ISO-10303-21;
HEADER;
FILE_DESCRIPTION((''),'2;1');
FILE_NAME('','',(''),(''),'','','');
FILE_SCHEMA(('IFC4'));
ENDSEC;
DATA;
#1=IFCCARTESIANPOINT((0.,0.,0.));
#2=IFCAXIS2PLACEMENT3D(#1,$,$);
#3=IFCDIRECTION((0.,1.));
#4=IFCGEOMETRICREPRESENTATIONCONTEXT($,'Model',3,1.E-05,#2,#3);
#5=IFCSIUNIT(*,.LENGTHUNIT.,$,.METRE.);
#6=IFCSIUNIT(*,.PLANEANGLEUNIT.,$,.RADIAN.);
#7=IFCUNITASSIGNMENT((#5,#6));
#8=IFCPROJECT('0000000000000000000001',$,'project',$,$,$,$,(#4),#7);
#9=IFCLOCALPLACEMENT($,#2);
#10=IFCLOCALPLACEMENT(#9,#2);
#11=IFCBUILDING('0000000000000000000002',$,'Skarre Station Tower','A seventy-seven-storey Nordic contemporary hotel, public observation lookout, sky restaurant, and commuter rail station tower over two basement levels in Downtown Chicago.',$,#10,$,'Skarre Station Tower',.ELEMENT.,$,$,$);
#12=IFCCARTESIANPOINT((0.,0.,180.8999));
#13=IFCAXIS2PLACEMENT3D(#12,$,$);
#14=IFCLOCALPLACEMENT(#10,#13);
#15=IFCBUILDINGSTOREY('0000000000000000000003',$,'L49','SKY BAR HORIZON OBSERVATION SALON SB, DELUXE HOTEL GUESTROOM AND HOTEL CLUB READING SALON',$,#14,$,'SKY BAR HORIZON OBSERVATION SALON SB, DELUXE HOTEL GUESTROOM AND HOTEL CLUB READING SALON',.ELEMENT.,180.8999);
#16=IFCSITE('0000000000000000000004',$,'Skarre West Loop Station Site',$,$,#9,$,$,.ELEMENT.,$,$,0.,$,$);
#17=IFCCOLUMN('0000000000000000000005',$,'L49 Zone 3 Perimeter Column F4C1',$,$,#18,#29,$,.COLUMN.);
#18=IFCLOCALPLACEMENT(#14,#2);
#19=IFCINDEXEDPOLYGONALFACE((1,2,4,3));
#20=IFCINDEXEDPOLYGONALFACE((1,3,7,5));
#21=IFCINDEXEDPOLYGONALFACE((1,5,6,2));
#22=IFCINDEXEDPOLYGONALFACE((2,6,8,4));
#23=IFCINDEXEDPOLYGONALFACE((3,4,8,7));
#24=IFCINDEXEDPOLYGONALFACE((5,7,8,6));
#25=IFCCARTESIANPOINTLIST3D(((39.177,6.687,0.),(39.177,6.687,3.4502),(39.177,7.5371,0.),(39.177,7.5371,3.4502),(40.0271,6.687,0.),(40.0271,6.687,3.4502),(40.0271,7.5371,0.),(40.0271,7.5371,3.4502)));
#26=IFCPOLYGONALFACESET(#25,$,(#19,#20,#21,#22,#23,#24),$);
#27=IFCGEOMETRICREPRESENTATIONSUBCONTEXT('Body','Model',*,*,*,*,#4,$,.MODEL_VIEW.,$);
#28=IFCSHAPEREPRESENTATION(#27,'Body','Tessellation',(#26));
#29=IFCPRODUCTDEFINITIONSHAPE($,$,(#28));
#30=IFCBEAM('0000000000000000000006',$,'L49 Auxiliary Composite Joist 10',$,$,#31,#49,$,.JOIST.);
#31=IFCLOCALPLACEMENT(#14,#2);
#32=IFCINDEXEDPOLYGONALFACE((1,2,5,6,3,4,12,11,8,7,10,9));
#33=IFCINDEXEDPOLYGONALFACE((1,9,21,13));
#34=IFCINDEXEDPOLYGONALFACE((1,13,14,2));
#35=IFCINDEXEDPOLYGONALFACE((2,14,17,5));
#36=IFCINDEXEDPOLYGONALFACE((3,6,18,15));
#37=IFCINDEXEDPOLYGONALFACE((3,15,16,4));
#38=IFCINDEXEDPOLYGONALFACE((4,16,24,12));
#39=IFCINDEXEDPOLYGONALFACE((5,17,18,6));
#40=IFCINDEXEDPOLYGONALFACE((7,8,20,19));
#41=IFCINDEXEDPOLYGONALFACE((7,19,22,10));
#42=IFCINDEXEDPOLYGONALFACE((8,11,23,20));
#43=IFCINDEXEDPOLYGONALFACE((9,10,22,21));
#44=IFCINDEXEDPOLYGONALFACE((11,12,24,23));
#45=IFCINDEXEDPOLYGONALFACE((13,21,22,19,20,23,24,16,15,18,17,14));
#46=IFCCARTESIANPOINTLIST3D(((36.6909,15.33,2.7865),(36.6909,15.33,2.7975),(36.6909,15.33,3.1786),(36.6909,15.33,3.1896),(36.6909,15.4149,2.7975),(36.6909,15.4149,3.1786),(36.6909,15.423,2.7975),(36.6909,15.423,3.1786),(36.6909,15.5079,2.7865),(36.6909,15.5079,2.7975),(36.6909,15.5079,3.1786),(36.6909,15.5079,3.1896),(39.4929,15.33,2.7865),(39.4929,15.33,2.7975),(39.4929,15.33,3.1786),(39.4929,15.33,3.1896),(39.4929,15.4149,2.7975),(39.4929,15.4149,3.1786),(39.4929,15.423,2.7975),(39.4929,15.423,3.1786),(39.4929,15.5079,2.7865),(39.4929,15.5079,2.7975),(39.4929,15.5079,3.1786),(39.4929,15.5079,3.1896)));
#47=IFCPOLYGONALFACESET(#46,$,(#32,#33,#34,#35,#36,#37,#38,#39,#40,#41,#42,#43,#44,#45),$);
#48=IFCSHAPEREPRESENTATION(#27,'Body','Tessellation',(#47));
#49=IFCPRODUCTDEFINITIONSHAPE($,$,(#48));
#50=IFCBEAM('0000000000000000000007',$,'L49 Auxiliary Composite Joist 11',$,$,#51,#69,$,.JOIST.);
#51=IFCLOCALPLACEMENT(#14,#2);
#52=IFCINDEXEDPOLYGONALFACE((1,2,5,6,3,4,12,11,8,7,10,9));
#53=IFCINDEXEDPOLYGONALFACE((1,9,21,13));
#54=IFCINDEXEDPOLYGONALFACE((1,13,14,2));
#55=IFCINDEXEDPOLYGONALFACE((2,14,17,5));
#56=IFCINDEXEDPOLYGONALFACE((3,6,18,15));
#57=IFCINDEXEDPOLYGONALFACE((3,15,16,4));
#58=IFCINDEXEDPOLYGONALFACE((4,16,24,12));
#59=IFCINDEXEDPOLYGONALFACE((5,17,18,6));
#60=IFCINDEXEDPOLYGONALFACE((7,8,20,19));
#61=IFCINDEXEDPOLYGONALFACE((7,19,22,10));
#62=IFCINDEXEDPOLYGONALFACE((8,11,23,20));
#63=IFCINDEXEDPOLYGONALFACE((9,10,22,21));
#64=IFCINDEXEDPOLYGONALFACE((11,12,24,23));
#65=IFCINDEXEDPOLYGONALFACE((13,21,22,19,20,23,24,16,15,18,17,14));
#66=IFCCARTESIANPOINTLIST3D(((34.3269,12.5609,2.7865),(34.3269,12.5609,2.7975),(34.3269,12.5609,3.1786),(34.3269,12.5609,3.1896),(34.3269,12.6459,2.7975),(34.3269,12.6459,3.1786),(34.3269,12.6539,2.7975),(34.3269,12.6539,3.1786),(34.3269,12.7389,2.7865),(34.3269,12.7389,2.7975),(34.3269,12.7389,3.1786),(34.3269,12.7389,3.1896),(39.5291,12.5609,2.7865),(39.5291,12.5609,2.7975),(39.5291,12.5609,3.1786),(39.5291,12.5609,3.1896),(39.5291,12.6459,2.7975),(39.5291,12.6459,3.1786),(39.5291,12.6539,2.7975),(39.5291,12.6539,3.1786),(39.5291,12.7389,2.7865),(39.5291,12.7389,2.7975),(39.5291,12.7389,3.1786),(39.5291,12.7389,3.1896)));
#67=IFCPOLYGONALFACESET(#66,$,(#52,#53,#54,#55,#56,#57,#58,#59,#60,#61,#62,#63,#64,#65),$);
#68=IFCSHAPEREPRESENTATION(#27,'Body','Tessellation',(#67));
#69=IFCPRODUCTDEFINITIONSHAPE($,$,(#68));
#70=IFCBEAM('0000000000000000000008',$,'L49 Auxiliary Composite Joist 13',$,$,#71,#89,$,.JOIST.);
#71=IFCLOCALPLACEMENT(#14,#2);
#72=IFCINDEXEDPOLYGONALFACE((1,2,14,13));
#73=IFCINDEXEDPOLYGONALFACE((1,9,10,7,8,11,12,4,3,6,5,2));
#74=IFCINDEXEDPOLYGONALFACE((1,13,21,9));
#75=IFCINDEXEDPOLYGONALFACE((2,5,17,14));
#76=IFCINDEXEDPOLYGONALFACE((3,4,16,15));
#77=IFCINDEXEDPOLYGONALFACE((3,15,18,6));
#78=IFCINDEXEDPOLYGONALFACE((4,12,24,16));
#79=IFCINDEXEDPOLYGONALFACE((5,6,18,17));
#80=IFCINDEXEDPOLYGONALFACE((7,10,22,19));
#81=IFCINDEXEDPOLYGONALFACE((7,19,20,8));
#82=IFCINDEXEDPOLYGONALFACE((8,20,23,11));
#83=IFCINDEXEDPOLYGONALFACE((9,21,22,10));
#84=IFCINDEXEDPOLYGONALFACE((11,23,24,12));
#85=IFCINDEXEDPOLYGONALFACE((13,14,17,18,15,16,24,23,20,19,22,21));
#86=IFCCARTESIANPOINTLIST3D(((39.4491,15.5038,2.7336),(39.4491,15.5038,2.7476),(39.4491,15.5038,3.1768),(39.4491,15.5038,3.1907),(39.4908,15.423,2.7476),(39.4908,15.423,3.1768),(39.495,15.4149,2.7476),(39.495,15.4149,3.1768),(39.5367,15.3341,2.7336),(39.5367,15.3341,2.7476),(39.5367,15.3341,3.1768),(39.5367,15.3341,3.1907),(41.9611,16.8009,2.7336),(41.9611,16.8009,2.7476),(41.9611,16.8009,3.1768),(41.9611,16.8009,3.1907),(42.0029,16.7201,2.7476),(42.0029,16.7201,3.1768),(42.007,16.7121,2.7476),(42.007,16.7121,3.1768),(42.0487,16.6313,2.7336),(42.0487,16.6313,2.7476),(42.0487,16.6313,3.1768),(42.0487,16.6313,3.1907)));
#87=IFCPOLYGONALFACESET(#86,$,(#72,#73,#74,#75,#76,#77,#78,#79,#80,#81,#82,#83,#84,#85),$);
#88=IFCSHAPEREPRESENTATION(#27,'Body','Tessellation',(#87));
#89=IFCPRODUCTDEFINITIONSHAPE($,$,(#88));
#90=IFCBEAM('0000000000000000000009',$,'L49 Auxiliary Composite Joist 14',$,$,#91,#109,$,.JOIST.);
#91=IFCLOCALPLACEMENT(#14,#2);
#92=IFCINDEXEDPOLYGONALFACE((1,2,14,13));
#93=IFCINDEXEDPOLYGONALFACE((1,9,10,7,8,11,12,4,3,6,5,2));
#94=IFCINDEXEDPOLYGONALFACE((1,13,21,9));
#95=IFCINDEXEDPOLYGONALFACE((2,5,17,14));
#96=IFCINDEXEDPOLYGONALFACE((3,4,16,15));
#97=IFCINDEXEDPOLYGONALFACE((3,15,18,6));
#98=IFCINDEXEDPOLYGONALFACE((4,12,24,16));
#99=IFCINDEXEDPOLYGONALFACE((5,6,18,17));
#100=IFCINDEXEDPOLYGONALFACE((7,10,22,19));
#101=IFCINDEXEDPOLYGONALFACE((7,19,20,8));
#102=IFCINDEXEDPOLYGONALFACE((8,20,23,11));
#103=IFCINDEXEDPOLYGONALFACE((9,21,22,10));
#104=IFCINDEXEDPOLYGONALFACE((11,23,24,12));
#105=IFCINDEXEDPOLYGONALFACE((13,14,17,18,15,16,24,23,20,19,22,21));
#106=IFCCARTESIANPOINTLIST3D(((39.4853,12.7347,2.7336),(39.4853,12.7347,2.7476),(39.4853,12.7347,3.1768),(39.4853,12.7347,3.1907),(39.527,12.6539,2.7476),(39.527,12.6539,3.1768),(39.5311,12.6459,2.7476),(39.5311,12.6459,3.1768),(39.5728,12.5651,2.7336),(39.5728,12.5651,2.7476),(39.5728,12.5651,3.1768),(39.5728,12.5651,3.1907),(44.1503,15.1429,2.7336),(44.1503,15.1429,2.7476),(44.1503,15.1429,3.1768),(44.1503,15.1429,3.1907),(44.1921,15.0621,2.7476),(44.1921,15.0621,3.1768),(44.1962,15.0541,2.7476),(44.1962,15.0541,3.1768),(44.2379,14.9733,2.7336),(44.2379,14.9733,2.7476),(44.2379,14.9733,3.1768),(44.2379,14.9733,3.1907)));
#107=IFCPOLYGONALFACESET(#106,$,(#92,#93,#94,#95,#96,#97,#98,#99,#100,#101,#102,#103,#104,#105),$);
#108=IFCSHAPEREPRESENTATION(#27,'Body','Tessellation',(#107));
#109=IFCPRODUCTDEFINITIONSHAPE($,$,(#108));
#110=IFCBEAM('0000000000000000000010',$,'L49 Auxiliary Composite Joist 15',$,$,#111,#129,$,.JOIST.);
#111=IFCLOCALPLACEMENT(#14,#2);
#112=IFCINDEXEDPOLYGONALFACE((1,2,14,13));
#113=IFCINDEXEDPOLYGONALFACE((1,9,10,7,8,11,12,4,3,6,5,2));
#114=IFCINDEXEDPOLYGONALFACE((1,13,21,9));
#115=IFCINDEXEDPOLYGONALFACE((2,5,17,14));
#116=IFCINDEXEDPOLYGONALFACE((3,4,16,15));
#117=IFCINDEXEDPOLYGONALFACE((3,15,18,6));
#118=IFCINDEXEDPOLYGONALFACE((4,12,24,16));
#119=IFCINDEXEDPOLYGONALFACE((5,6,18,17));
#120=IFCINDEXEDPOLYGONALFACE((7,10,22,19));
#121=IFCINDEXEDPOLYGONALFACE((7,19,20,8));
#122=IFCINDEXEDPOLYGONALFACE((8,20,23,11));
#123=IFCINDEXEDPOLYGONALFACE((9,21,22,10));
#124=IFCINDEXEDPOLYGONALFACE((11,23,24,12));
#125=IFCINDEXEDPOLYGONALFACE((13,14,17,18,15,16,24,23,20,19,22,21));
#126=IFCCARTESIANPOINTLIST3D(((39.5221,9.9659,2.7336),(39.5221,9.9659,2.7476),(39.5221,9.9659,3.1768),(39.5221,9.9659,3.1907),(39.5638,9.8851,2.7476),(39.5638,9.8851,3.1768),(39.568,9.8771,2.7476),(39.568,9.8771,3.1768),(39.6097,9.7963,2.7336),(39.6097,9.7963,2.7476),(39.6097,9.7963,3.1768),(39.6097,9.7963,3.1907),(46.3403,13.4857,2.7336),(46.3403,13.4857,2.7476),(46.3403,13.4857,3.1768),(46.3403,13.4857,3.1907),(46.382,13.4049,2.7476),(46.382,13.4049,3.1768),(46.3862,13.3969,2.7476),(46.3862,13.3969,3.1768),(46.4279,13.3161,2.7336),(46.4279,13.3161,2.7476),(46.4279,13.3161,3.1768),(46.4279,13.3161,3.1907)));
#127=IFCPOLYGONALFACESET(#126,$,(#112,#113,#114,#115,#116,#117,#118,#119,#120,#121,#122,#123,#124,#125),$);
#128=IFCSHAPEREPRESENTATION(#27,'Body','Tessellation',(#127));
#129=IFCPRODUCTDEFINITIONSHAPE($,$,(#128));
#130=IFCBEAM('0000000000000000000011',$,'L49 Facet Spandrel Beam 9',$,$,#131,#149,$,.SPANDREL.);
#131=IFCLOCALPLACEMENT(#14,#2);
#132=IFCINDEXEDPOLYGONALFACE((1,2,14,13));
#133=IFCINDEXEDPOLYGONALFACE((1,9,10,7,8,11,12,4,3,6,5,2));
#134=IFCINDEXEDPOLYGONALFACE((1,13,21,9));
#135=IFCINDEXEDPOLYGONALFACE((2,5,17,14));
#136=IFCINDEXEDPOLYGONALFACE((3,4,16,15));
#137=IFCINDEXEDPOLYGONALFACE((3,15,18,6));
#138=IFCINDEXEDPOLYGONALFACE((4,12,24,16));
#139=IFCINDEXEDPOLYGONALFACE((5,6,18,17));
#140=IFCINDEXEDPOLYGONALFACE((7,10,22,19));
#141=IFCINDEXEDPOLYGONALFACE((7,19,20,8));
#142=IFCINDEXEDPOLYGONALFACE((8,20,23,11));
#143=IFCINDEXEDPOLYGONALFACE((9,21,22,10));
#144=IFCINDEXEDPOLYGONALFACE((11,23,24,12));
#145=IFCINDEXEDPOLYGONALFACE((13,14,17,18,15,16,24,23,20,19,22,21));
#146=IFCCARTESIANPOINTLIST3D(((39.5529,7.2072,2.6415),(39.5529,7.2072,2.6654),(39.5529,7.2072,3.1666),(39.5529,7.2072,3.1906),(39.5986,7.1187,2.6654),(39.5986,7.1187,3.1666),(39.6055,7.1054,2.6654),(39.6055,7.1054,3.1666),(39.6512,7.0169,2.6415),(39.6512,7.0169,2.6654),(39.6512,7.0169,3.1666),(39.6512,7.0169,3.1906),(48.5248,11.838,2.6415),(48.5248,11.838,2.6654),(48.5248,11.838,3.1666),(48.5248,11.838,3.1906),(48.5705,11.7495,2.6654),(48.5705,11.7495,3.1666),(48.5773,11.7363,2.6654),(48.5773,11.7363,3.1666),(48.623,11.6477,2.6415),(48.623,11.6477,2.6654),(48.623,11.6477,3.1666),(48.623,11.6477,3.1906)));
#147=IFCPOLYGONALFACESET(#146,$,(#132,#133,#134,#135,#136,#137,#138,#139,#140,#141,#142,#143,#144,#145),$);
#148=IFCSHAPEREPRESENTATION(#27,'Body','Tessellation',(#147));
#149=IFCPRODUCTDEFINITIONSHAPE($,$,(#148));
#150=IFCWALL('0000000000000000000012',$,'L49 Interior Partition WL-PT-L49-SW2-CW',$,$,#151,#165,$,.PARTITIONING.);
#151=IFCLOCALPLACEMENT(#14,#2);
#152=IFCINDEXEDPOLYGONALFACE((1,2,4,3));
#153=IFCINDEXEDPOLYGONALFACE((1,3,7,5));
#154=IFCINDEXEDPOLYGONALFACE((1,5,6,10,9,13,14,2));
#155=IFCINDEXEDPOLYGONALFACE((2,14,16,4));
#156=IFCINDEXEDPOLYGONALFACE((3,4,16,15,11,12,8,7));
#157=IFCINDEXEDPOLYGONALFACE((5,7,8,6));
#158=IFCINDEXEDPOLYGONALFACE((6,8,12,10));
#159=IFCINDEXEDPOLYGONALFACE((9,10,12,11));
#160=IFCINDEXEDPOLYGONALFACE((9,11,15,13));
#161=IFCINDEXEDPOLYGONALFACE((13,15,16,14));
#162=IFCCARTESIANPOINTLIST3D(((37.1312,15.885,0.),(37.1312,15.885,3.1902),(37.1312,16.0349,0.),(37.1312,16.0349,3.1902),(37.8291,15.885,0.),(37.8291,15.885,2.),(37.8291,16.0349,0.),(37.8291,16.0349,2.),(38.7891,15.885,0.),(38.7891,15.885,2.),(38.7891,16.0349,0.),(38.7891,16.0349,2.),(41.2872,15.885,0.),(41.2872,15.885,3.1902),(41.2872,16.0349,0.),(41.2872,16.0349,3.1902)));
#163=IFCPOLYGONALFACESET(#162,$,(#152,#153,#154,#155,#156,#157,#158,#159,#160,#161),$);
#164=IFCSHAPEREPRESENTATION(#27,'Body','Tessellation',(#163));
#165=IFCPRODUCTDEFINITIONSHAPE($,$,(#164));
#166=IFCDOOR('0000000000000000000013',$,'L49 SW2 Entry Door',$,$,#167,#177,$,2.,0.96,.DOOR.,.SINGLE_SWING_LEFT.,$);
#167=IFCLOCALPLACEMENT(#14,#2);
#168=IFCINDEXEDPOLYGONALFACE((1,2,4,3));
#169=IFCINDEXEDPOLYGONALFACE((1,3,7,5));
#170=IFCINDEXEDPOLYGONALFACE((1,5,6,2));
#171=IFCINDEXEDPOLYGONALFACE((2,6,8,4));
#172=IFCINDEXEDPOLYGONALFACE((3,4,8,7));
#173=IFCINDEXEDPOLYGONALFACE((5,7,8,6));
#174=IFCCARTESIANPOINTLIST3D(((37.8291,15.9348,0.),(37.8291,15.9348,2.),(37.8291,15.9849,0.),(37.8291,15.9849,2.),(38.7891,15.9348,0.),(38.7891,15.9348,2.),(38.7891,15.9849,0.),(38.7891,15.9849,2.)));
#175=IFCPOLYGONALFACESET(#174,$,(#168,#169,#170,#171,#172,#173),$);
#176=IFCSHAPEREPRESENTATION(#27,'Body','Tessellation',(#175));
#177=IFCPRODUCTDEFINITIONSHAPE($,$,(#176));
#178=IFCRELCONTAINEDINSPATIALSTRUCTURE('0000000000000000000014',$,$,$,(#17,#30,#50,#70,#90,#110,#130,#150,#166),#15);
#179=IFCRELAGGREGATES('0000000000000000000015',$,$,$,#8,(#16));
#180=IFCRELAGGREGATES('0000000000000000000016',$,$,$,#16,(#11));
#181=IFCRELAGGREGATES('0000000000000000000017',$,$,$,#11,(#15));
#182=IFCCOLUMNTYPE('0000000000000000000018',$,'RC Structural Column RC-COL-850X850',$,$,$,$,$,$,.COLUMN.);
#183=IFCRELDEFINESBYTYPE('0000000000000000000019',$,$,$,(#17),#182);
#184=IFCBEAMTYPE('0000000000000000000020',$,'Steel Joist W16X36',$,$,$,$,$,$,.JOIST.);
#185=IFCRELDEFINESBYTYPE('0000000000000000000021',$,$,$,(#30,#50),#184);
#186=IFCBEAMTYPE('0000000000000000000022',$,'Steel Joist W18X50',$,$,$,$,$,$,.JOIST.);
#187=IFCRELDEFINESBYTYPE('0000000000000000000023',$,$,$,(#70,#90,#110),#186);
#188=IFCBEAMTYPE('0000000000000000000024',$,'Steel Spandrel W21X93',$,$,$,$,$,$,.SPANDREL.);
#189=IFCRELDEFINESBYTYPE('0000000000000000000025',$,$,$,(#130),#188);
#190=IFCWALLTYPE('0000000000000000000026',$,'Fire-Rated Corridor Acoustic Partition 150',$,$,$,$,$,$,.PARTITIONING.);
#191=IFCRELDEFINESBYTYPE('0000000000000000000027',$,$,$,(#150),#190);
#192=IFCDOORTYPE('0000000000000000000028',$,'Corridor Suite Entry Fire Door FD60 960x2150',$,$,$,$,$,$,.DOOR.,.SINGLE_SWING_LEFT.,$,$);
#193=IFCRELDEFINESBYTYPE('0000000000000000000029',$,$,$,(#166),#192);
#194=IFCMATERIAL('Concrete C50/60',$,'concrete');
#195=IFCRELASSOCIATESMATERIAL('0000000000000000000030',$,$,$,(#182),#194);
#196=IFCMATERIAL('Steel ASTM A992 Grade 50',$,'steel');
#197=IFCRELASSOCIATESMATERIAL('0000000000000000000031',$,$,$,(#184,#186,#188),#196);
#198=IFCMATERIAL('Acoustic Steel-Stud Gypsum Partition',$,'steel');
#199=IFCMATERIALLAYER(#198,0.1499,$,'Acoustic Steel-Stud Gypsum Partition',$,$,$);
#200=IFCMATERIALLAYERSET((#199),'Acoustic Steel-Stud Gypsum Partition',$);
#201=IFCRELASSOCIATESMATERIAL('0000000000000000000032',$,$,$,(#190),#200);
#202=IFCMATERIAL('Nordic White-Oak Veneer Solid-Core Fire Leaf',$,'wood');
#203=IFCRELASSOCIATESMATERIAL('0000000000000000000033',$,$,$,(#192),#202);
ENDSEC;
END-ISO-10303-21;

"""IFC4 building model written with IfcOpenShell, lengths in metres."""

from ifc_helpers import new_model, si_unit, direction, frame, frame_2d, origin, origin_2d, place, context, subcontext, project, spatial, rectangle, i_section, extrude, material, layer, layer_set, material_profile, profile_set, type_object, element, fill, save


model = new_model("IFC4")

# Units and contexts
model_context = context("Model", 3, precision=1e-05, world=origin(), true_north=direction((0.0, 1.0)))
body_context = subcontext(model_context, "Body", "Model", "MODEL_VIEW")
ifc_project = project(units=[si_unit("LENGTHUNIT", "METRE"), si_unit("PLANEANGLEUNIT", "RADIAN")], contexts=[model_context])

# Site, building, storey
site_placement = place(None, origin())
site = spatial("IfcSite", under=ifc_project, at=site_placement, Name="Skarre West Loop Station Site", CompositionType="ELEMENT", RefElevation=0.0)
building_placement = place(site_placement, origin())
building = spatial("IfcBuilding", under=site, at=building_placement, Name="Skarre Station Tower", Description="A seventy-seven-storey Nordic contemporary hotel, public observation lookout, sky restaurant, and commuter rail station tower over two basement levels in Downtown Chicago.", LongName="Skarre Station Tower", CompositionType="ELEMENT")
storey_placement = place(building_placement, frame((0.0, 0.0, 180.8999)))
storey = spatial("IfcBuildingStorey", under=building, at=storey_placement, Name="L49", Description="SKY BAR HORIZON OBSERVATION SALON SB, DELUXE HOTEL GUESTROOM AND HOTEL CLUB READING SALON", LongName="SKY BAR HORIZON OBSERVATION SALON SB, DELUXE HOTEL GUESTROOM AND HOTEL CLUB READING SALON", CompositionType="ELEMENT", Elevation=180.8999)

# Column
ifc_material_1 = material(Name="Concrete C50/60", Category="concrete")
ifc_material_profile_1 = material_profile(ifc_material_1, rectangle(XDim=0.8501, YDim=0.8501, at=origin_2d()), Name="Concrete C50/60")
ifc_profile_set_1 = profile_set([ifc_material_profile_1], Name="Concrete C50/60")
column_type = type_object("IfcColumnType", Name="RC Structural Column RC-COL-850X850", PredefinedType="COLUMN", material=ifc_profile_set_1)
column_placement = place(storey_placement, frame((39.6021, 7.1121, 0.0), z_axis=(0.0, 0.0, 1.0), x_axis=(1.0, 0.0, 0.0)))
element("IfcColumn", 1, at=column_placement, inside=storey, type_object=column_type, Name="L49 Zone 3 Perimeter Column F4C1", PredefinedType="COLUMN", context=body_context, shape_type="SweptSolid", body=[
    extrude(rectangle(XDim=0.8501, YDim=0.8501, at=origin_2d()), origin(), (0.0, 0.0, 1.0), 3.4502),
])

# Beams
ifc_material_2 = material(Name="Steel ASTM A992 Grade 50", Category="steel")
ifc_material_profile_2 = material_profile(ifc_material_2, i_section(OverallWidth=0.178, OverallDepth=0.4031, WebThickness=0.0081, FlangeThickness=0.011, at=origin_2d()), Name="Steel ASTM A992 Grade 50")
ifc_profile_set_2 = profile_set([ifc_material_profile_2], Name="Steel ASTM A992 Grade 50")
beam_type_1 = type_object("IfcBeamType", Name="Steel Joist W16X36", PredefinedType="JOIST", material=ifc_profile_set_2)
beam_1_placement = place(storey_placement, frame((36.6909, 15.4189, 2.988), z_axis=(1.0, 0.0, 0.0), x_axis=(0.0, 1.0, 0.0)))
element("IfcBeam", 2, at=beam_1_placement, inside=storey, type_object=beam_type_1, Name="L49 Auxiliary Composite Joist 10", PredefinedType="JOIST", context=body_context, shape_type="SweptSolid", body=[
    extrude(i_section(OverallWidth=0.178, OverallDepth=0.4031, WebThickness=0.0081, FlangeThickness=0.011, at=origin_2d()), origin(), (0.0, 0.0, 1.0), 2.802),
])
beam_2_placement = place(storey_placement, frame((34.3269, 12.6499, 2.988), z_axis=(1.0, 0.0, 0.0), x_axis=(0.0, 1.0, 0.0)))
element("IfcBeam", 3, at=beam_2_placement, inside=storey, type_object=beam_type_1, Name="L49 Auxiliary Composite Joist 11", PredefinedType="JOIST", context=body_context, shape_type="SweptSolid", body=[
    extrude(i_section(OverallWidth=0.178, OverallDepth=0.4031, WebThickness=0.0081, FlangeThickness=0.011, at=origin_2d()), origin(), (0.0, 0.0, 1.0), 5.2021),
])
ifc_material_profile_3 = material_profile(ifc_material_2, i_section(OverallWidth=0.1909, OverallDepth=0.457, WebThickness=0.009, FlangeThickness=0.0139, at=origin_2d()), Name="Steel ASTM A992 Grade 50")
ifc_profile_set_3 = profile_set([ifc_material_profile_3], Name="Steel ASTM A992 Grade 50")
beam_type_2 = type_object("IfcBeamType", Name="Steel Joist W18X50", PredefinedType="JOIST", material=ifc_profile_set_3)
beam_3_placement = place(storey_placement, frame((39.4929, 15.4189, 2.9622), z_axis=(0.888531, 0.458817, 0.0), x_axis=(-0.458817, 0.888531, 0.0)))
element("IfcBeam", 4, at=beam_3_placement, inside=storey, type_object=beam_type_2, Name="L49 Auxiliary Composite Joist 13", PredefinedType="JOIST", context=body_context, shape_type="SweptSolid", body=[
    extrude(i_section(OverallWidth=0.1909, OverallDepth=0.457, WebThickness=0.009, FlangeThickness=0.0139, at=origin_2d()), origin(), (0.0, 0.0, 1.0), 2.8271),
])
beam_4_placement = place(storey_placement, frame((39.5291, 12.6499, 2.9622), z_axis=(0.888586, 0.458709, 0.0), x_axis=(-0.458709, 0.888586, 0.0)))
element("IfcBeam", 5, at=beam_4_placement, inside=storey, type_object=beam_type_2, Name="L49 Auxiliary Composite Joist 14", PredefinedType="JOIST", context=body_context, shape_type="SweptSolid", body=[
    extrude(i_section(OverallWidth=0.1909, OverallDepth=0.457, WebThickness=0.009, FlangeThickness=0.0139, at=origin_2d()), origin(), (0.0, 0.0, 1.0), 5.25),
])
beam_5_placement = place(storey_placement, frame((39.5659, 9.8811, 2.9622), z_axis=(0.888581, 0.45872, 0.0), x_axis=(-0.45872, 0.888581, 0.0)))
element("IfcBeam", 6, at=beam_5_placement, inside=storey, type_object=beam_type_2, Name="L49 Auxiliary Composite Joist 15", PredefinedType="JOIST", context=body_context, shape_type="SweptSolid", body=[
    extrude(i_section(OverallWidth=0.1909, OverallDepth=0.457, WebThickness=0.009, FlangeThickness=0.0139, at=origin_2d()), origin(), (0.0, 0.0, 1.0), 7.6731),
])
ifc_material_profile_4 = material_profile(ifc_material_2, i_section(OverallWidth=0.2141, OverallDepth=0.5491, WebThickness=0.0149, FlangeThickness=0.0239, at=origin_2d()), Name="Steel ASTM A992 Grade 50")
ifc_profile_set_4 = profile_set([ifc_material_profile_4], Name="Steel ASTM A992 Grade 50")
beam_type_3 = type_object("IfcBeamType", Name="Steel Spandrel W21X93", PredefinedType="SPANDREL", material=ifc_profile_set_4)
beam_6_placement = place(storey_placement, frame((39.6021, 7.1121, 2.916), z_axis=(0.888613, 0.458658, 0.0), x_axis=(-0.458658, 0.888613, 0.0)))
element("IfcBeam", 7, at=beam_6_placement, inside=storey, type_object=beam_type_3, Name="L49 Facet Spandrel Beam 9", PredefinedType="SPANDREL", context=body_context, shape_type="SweptSolid", body=[
    extrude(i_section(OverallWidth=0.2141, OverallDepth=0.5491, WebThickness=0.0149, FlangeThickness=0.0239, at=origin_2d()), origin(), (0.0, 0.0, 1.0), 10.0964),
])

# Wall, opening, door
ifc_material_3 = material(Name="Acoustic Steel-Stud Gypsum Partition", Category="steel")
ifc_layer_1 = layer(ifc_material_3, 0.1499, Name="Acoustic Steel-Stud Gypsum Partition")
ifc_layer_set_1 = layer_set([ifc_layer_1], Name="Acoustic Steel-Stud Gypsum Partition")
wall_type_1 = type_object("IfcWallType", Name="Fire-Rated Corridor Acoustic Partition 150", PredefinedType="PARTITIONING", material=ifc_layer_set_1)
wall_1_placement = place(storey_placement, frame((37.1311, 15.96, 0.0), z_axis=(0.0, 0.0, 1.0), x_axis=(1.0, 0.0, 0.0)))
wall_1 = element("IfcWall", 8, at=wall_1_placement, inside=storey, type_object=wall_type_1, Name="L49 Interior Partition WL-PT-L49-SW2-CW", PredefinedType="PARTITIONING", context=body_context, shape_type="SweptSolid", body=[
    extrude(rectangle(XDim=4.156, YDim=0.1499, at=frame_2d((2.0781, 0.0))), origin(), (0.0, 0.0, 1.0), 3.1902),
])
opening_1_placement = place(wall_1_placement, frame((0.698, 0.0, 0.0)))
opening_1 = element("IfcOpeningElement", 9, at=opening_1_placement, cuts=wall_1, PredefinedType="OPENING", context=body_context, shape_type="SweptSolid", body=[
    extrude(rectangle(XDim=0.96, YDim=2.0, at=frame_2d((0.48, 1.0))), frame((0.0, 0.085, 0.0), z_axis=(0.0, -1.0, 0.0), x_axis=(1.0, 0.0, 0.0)), (0.0, 0.0, 1.0), 0.1699),
])
ifc_material_4 = material(Name="Nordic White-Oak Veneer Solid-Core Fire Leaf", Category="wood")
door_type_1 = type_object("IfcDoorType", Name="Corridor Suite Entry Fire Door FD60 960x2150", OperationType="SINGLE_SWING_LEFT", PredefinedType="DOOR", material=ifc_material_4)
door_1_placement = place(opening_1_placement, origin())
door_1 = element("IfcDoor", 10, at=door_1_placement, inside=storey, type_object=door_type_1, Name="L49 SW2 Entry Door", OperationType="SINGLE_SWING_LEFT", OverallHeight=2.0, OverallWidth=0.96, PredefinedType="DOOR", context=body_context, shape_type="SweptSolid", body=[
    extrude(rectangle(XDim=0.96, YDim=2.0, at=frame_2d((0.48, 1.0))), frame((0.0, 0.0249, 0.0), z_axis=(0.0, -1.0, 0.0), x_axis=(1.0, 0.0, 0.0)), (0.0, 0.0, 1.0), 0.05),
])
fill(opening_1, door_1)

save(model, "model.ifc")
